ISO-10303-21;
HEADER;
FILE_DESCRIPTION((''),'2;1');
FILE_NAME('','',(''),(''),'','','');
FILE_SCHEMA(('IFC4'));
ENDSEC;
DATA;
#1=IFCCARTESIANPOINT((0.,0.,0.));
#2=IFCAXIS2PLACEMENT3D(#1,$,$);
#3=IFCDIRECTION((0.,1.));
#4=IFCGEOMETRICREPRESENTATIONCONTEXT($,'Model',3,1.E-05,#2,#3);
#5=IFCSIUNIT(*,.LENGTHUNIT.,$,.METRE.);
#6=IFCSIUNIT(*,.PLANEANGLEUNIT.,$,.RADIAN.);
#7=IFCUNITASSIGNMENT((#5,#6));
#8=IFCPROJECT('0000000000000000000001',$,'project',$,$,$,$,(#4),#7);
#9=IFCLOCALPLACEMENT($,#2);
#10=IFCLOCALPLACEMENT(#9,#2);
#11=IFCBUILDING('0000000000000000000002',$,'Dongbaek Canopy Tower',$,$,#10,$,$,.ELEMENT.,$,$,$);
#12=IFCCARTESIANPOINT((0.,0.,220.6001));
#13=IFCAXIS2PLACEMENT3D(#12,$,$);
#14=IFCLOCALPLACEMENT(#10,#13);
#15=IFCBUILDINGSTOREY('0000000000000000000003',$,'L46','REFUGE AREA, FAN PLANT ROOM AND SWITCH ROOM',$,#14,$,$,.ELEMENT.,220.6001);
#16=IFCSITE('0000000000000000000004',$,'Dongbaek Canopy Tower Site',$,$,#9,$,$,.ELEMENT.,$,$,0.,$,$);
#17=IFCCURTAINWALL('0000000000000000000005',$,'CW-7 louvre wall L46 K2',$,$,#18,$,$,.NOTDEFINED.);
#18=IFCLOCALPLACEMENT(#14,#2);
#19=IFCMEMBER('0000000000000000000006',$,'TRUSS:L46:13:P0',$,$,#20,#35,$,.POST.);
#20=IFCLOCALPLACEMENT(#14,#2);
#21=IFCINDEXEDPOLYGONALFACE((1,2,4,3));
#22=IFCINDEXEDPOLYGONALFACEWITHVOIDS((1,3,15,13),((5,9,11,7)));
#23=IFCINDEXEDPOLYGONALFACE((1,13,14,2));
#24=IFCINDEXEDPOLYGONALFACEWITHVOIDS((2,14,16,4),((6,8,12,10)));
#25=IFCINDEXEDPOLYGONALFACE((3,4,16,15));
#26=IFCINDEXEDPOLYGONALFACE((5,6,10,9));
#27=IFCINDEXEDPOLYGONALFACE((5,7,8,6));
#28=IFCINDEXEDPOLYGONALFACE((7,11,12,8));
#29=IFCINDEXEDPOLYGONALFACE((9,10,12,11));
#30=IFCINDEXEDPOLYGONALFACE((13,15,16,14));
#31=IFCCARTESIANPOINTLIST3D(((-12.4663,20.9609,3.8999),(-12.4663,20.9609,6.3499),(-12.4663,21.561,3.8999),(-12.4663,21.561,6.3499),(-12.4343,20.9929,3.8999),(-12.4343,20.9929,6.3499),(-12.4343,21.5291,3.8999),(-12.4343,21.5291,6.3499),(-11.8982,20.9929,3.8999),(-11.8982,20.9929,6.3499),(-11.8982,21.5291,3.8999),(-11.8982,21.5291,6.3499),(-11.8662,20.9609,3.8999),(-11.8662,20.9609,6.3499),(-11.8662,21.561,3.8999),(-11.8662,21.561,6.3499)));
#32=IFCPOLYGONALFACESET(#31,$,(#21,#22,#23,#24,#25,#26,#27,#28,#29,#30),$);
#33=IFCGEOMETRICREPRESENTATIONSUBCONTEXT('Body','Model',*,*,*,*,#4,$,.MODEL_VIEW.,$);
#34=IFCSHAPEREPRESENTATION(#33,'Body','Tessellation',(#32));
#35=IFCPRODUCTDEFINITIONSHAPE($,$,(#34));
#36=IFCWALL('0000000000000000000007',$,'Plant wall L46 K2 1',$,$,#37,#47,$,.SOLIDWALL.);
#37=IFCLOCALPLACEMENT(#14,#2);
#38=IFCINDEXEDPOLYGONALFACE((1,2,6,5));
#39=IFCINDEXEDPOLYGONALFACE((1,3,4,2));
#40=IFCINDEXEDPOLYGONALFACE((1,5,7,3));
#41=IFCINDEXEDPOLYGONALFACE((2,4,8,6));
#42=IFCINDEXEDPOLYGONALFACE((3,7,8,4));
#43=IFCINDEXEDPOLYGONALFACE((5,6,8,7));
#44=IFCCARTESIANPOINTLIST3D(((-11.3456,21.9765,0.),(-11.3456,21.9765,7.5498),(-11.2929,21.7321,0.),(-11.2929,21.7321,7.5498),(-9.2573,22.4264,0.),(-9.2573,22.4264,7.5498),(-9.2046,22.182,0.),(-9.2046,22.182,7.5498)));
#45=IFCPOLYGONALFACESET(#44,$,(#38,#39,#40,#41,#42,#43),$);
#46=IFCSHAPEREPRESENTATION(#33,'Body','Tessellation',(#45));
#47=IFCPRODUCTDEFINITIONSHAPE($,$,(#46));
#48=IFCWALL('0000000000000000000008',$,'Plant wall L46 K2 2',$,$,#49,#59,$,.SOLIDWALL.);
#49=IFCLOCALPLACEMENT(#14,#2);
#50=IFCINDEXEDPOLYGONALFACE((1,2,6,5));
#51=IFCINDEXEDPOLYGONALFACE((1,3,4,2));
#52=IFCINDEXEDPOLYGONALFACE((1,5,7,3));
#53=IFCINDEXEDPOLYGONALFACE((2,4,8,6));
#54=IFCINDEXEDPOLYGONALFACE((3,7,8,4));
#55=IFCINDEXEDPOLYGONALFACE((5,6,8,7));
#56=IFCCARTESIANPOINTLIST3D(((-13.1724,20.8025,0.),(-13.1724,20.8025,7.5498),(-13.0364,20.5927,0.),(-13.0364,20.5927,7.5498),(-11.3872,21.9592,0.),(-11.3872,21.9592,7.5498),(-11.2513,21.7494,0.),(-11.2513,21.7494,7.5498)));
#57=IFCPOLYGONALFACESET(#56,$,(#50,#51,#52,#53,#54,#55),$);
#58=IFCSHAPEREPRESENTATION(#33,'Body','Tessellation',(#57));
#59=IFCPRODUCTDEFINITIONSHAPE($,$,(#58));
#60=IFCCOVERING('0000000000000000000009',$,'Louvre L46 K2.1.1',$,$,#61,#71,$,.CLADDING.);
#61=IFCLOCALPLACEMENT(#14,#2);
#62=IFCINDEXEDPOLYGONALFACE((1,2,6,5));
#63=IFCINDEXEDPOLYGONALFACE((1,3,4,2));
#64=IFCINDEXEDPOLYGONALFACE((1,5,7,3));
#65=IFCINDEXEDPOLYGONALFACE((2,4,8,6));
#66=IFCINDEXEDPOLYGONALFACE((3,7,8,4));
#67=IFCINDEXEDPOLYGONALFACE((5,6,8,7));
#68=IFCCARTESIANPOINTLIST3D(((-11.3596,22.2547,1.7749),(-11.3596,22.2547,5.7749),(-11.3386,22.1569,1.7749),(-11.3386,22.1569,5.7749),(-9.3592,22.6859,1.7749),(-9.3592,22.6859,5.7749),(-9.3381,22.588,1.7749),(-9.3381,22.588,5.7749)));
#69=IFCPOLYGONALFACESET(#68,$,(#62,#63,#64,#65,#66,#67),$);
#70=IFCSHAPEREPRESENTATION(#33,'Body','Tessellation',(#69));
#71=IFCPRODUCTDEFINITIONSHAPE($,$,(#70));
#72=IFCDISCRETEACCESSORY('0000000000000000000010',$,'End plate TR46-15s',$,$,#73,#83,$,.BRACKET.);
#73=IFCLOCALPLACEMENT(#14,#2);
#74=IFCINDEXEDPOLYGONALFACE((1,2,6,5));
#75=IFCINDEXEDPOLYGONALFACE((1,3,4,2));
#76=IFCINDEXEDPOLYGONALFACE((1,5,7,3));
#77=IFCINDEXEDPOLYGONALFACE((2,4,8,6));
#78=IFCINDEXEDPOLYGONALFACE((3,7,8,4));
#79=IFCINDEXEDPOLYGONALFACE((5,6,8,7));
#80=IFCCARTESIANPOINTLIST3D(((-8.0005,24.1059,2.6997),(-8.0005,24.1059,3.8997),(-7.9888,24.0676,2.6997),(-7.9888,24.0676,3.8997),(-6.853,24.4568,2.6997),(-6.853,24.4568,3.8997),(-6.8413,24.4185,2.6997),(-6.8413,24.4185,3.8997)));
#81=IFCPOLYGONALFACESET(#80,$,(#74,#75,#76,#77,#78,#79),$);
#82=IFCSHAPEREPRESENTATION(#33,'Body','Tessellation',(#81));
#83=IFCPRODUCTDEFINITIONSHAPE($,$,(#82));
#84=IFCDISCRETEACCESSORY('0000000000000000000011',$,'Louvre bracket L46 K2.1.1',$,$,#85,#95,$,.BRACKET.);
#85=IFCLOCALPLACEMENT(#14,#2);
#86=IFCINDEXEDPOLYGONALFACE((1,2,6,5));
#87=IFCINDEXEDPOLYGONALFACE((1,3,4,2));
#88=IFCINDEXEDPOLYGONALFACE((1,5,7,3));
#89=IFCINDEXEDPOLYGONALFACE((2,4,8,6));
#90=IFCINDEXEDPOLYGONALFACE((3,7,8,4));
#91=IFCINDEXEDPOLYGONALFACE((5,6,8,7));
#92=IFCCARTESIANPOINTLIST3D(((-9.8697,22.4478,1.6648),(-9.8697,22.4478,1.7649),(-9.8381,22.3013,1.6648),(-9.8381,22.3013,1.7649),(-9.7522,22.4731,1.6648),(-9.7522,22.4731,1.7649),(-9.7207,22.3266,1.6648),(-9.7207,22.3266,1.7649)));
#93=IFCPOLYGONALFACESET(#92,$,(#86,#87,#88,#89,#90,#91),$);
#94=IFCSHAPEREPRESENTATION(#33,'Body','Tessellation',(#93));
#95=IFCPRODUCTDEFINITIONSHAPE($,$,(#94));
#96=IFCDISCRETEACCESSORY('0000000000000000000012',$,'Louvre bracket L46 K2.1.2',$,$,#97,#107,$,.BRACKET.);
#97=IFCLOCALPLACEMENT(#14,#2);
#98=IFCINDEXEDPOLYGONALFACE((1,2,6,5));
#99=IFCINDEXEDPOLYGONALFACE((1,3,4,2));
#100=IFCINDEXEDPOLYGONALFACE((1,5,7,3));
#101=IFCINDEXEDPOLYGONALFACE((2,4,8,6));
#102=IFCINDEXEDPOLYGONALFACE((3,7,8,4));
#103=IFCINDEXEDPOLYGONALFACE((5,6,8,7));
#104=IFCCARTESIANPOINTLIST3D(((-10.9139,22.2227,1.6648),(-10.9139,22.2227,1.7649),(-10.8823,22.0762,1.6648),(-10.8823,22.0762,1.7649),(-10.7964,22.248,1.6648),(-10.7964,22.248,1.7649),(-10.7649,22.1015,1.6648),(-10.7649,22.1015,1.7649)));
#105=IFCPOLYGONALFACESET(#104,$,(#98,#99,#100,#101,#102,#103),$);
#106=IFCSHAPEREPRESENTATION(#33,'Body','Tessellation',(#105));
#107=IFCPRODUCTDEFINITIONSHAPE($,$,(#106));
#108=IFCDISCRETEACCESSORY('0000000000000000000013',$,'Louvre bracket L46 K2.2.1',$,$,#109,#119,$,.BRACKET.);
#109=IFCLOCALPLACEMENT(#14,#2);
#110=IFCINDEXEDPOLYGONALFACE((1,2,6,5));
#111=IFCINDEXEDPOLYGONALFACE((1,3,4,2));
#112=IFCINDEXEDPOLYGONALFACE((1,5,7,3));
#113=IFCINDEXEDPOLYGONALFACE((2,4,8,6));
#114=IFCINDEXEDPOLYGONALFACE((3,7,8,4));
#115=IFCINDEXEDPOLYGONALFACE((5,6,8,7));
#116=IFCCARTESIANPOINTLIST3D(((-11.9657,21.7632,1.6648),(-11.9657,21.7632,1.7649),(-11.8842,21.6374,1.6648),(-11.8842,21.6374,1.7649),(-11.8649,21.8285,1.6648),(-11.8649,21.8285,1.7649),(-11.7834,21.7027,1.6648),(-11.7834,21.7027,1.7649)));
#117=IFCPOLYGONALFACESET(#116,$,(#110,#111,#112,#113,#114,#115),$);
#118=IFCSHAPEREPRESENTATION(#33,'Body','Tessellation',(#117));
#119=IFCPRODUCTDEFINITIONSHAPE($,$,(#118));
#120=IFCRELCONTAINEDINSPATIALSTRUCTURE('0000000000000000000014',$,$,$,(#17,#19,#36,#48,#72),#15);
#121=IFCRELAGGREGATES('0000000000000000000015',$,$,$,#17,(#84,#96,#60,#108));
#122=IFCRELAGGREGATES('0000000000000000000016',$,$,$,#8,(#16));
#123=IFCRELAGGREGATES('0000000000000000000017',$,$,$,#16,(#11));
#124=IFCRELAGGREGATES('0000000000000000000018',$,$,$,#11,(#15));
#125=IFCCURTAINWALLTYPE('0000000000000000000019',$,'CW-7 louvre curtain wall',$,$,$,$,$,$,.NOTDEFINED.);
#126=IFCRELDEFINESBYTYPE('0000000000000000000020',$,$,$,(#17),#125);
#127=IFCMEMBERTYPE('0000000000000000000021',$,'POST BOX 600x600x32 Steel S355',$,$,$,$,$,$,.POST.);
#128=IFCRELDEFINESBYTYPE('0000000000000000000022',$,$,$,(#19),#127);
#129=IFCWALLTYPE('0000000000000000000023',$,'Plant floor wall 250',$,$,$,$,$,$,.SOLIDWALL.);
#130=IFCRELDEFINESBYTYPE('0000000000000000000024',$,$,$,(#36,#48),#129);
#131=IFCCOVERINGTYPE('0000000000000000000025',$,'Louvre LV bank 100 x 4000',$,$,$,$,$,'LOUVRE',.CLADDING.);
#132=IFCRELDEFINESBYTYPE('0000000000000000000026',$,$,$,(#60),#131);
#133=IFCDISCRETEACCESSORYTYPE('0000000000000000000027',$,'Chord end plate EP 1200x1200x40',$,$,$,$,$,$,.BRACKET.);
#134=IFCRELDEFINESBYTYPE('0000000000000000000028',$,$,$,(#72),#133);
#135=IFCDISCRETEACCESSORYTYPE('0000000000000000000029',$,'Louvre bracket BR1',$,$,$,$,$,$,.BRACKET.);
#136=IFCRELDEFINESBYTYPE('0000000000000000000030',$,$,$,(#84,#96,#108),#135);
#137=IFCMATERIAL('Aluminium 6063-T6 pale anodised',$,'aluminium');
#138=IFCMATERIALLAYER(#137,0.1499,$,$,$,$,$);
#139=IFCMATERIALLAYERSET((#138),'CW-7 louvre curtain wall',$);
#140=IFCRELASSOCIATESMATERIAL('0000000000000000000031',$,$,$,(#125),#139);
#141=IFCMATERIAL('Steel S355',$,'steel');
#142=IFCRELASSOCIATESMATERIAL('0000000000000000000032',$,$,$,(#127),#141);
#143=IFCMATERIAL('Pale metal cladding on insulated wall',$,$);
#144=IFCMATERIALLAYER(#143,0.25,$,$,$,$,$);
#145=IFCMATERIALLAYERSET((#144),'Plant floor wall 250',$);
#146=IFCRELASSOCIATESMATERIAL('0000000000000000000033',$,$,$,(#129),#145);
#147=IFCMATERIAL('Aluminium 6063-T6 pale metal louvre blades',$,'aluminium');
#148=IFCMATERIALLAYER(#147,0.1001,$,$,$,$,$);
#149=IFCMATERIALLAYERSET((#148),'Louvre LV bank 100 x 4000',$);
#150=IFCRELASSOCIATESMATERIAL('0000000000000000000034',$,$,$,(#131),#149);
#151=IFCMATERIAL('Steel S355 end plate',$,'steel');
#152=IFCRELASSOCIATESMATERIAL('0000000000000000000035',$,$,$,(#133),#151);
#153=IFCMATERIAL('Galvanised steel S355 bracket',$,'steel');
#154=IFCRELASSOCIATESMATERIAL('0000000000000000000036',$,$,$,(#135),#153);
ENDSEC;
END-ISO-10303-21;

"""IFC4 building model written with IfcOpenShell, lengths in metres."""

from ifc_helpers import new_model, si_unit, direction, frame, frame_2d, origin, origin_2d, place, context, subcontext, project, spatial, rectangle, hollow_rectangle, extrude, material, layer, layer_set, material_profile, profile_set, type_object, element, aggregate, save


model = new_model("IFC4")

# Units and contexts
model_context = context("Model", 3, precision=1e-05, world=origin(), true_north=direction((0.0, 1.0)))
body_context = subcontext(model_context, "Body", "Model", "MODEL_VIEW")
ifc_project = project(units=[si_unit("LENGTHUNIT", "METRE"), si_unit("PLANEANGLEUNIT", "RADIAN")], contexts=[model_context])

# Site, building, storey
site_placement = place(None, origin())
site = spatial("IfcSite", under=ifc_project, at=site_placement, Name="Dongbaek Canopy Tower Site", CompositionType="ELEMENT", RefElevation=0.0)
building_placement = place(site_placement, origin())
building = spatial("IfcBuilding", under=site, at=building_placement, Name="Dongbaek Canopy Tower", CompositionType="ELEMENT")
storey_placement = place(building_placement, frame((0.0, 0.0, 220.6001)))
storey = spatial("IfcBuildingStorey", under=building, at=storey_placement, Name="L46", Description="REFUGE AREA, FAN PLANT ROOM AND SWITCH ROOM", CompositionType="ELEMENT", Elevation=220.6001)

# Shared definitions
ifc_material_1 = material(Name="Aluminium 6063-T6 pale anodised", Category="aluminium")
ifc_layer_1 = layer(ifc_material_1, 0.1499)
ifc_layer_set_1 = layer_set([ifc_layer_1], Name="CW-7 louvre curtain wall")
curtain_wall_type = type_object("IfcCurtainWallType", Name="CW-7 louvre curtain wall", PredefinedType="NOTDEFINED", material=ifc_layer_set_1)

# Curtain wall
curtain_wall_1_placement = place(storey_placement, origin())
curtain_wall_1 = element("IfcCurtainWall", 1, at=curtain_wall_1_placement, inside=storey, type_object=curtain_wall_type, Name="CW-7 louvre wall L46 K2", PredefinedType="NOTDEFINED")

# Member
ifc_material_2 = material(Name="Steel S355", Category="steel")
ifc_material_profile_1 = material_profile(ifc_material_2, hollow_rectangle(XDim=0.6001, YDim=0.6001, WallThickness=0.032, at=origin_2d()), Name="POST BOX 600x600x32 Steel S355")
ifc_profile_set_1 = profile_set([ifc_material_profile_1], Name="Steel S355")
member_type_1 = type_object("IfcMemberType", Name="POST BOX 600x600x32 Steel S355", PredefinedType="POST", material=ifc_profile_set_1)
member_1_placement = place(storey_placement, frame((-12.1663, 21.261, 3.8999), z_axis=(0.0, 0.0, 1.0), x_axis=(1.0, 0.0, 0.0)))
element("IfcMember", 2, at=member_1_placement, inside=storey, type_object=member_type_1, Name="TRUSS:L46:13:P0", PredefinedType="POST", context=body_context, shape_type="SweptSolid", body=[
    extrude(hollow_rectangle(XDim=0.6001, YDim=0.6001, WallThickness=0.032, at=origin_2d()), origin(), (0.0, 0.0, 1.0), 2.45),
])

# Walls
ifc_material_3 = material(Name="Pale metal cladding on insulated wall")
ifc_layer_2 = layer(ifc_material_3, 0.25)
ifc_layer_set_2 = layer_set([ifc_layer_2], Name="Plant floor wall 250")
wall_type = type_object("IfcWallType", Name="Plant floor wall 250", PredefinedType="SOLIDWALL", material=ifc_layer_set_2)
wall_1_placement = place(storey_placement, frame((-9.231, 22.3042, 0.0), z_axis=(0.0, 0.0, 1.0), x_axis=(-0.977568, -0.210622, 0.0)))
element("IfcWall", 3, at=wall_1_placement, inside=storey, type_object=wall_type, Name="Plant wall L46 K2 1", PredefinedType="SOLIDWALL", context=body_context, shape_type="SweptSolid", body=[
    extrude(rectangle(XDim=2.1362, YDim=0.25, at=frame_2d((1.0681, 0.0))), origin(), (0.0, 0.0, 1.0), 7.5498),
])
wall_2_placement = place(storey_placement, frame((-11.3193, 21.8542, 0.0), z_axis=(0.0, 0.0, 1.0), x_axis=(-0.839219, -0.543794, 0.0)))
element("IfcWall", 4, at=wall_2_placement, inside=storey, type_object=wall_type, Name="Plant wall L46 K2 2", PredefinedType="SOLIDWALL", context=body_context, shape_type="SweptSolid", body=[
    extrude(rectangle(XDim=2.1272, YDim=0.25, at=frame_2d((1.0635, 0.0))), origin(), (0.0, 0.0, 1.0), 7.5498),
])

# Covering
ifc_material_4 = material(Name="Aluminium 6063-T6 pale metal louvre blades", Category="aluminium")
ifc_layer_3 = layer(ifc_material_4, 0.1001)
ifc_layer_set_3 = layer_set([ifc_layer_3], Name="Louvre LV bank 100 x 4000")
covering_type = type_object("IfcCoveringType", Name="Louvre LV bank 100 x 4000", ElementType="LOUVRE", PredefinedType="CLADDING", material=ifc_layer_set_3)
covering_placement = place(storey_placement, frame((-10.3489, 22.4214, 1.7749), z_axis=(0.0, 0.0, 1.0), x_axis=(-0.977554, -0.210684, 0.0)))
covering = element("IfcCovering", 5, at=covering_placement, type_object=covering_type, Name="Louvre L46 K2.1.1", PredefinedType="CLADDING", context=body_context, shape_type="SweptSolid", body=[
    extrude(rectangle(XDim=2.0464, YDim=0.1001, at=origin_2d()), origin(), (0.0, 0.0, 1.0), 4.0),
])

# Discrete accessories
ifc_material_5 = material(Name="Steel S355 end plate", Category="steel")
discrete_accessory_type_1 = type_object("IfcDiscreteAccessoryType", Name="Chord end plate EP 1200x1200x40", PredefinedType="BRACKET", material=ifc_material_5)
discrete_accessory_1_placement = place(storey_placement, frame((-7.4209, 24.2622, 2.6997), z_axis=(0.0, 0.0, 1.0), x_axis=(0.29249, -0.956269, 0.0)))
element("IfcDiscreteAccessory", 6, at=discrete_accessory_1_placement, inside=storey, type_object=discrete_accessory_type_1, Name="End plate TR46-15s", PredefinedType="BRACKET", context=body_context, shape_type="SweptSolid", body=[
    extrude(rectangle(XDim=0.04, YDim=1.2, at=origin_2d()), origin(), (0.0, 0.0, 1.0), 1.2),
])
ifc_material_6 = material(Name="Galvanised steel S355 bracket", Category="steel")
discrete_accessory_type_2 = type_object("IfcDiscreteAccessoryType", Name="Louvre bracket BR1", PredefinedType="BRACKET", material=ifc_material_6)
discrete_accessory_2_placement = place(storey_placement, frame((-9.7952, 22.3872, 1.6648), z_axis=(0.0, 0.0, 1.0), x_axis=(-0.977554, -0.210684, 0.0)))
discrete_accessory_2 = element("IfcDiscreteAccessory", 7, at=discrete_accessory_2_placement, type_object=discrete_accessory_type_2, Name="Louvre bracket L46 K2.1.1", PredefinedType="BRACKET", context=body_context, shape_type="SweptSolid", body=[
    extrude(rectangle(XDim=0.1201, YDim=0.1499, at=origin_2d()), origin(), (0.0, 0.0, 1.0), 0.1001),
])
discrete_accessory_3_placement = place(storey_placement, frame((-10.8394, 22.1621, 1.6648), z_axis=(0.0, 0.0, 1.0), x_axis=(-0.977554, -0.210684, 0.0)))
discrete_accessory_3 = element("IfcDiscreteAccessory", 8, at=discrete_accessory_3_placement, type_object=discrete_accessory_type_2, Name="Louvre bracket L46 K2.1.2", PredefinedType="BRACKET", context=body_context, shape_type="SweptSolid", body=[
    extrude(rectangle(XDim=0.1201, YDim=0.1499, at=origin_2d()), origin(), (0.0, 0.0, 1.0), 0.1001),
])
discrete_accessory_4_placement = place(storey_placement, frame((-11.8745, 21.7329, 1.6648), z_axis=(0.0, 0.0, 1.0), x_axis=(-0.839256, -0.543736, 0.0)))
discrete_accessory_4 = element("IfcDiscreteAccessory", 9, at=discrete_accessory_4_placement, type_object=discrete_accessory_type_2, Name="Louvre bracket L46 K2.2.1", PredefinedType="BRACKET", context=body_context, shape_type="SweptSolid", body=[
    extrude(rectangle(XDim=0.1201, YDim=0.1499, at=origin_2d()), origin(), (0.0, 0.0, 1.0), 0.1001),
])
aggregate(curtain_wall_1, [discrete_accessory_2, discrete_accessory_3, covering, discrete_accessory_4])

save(model, "model.ifc")
